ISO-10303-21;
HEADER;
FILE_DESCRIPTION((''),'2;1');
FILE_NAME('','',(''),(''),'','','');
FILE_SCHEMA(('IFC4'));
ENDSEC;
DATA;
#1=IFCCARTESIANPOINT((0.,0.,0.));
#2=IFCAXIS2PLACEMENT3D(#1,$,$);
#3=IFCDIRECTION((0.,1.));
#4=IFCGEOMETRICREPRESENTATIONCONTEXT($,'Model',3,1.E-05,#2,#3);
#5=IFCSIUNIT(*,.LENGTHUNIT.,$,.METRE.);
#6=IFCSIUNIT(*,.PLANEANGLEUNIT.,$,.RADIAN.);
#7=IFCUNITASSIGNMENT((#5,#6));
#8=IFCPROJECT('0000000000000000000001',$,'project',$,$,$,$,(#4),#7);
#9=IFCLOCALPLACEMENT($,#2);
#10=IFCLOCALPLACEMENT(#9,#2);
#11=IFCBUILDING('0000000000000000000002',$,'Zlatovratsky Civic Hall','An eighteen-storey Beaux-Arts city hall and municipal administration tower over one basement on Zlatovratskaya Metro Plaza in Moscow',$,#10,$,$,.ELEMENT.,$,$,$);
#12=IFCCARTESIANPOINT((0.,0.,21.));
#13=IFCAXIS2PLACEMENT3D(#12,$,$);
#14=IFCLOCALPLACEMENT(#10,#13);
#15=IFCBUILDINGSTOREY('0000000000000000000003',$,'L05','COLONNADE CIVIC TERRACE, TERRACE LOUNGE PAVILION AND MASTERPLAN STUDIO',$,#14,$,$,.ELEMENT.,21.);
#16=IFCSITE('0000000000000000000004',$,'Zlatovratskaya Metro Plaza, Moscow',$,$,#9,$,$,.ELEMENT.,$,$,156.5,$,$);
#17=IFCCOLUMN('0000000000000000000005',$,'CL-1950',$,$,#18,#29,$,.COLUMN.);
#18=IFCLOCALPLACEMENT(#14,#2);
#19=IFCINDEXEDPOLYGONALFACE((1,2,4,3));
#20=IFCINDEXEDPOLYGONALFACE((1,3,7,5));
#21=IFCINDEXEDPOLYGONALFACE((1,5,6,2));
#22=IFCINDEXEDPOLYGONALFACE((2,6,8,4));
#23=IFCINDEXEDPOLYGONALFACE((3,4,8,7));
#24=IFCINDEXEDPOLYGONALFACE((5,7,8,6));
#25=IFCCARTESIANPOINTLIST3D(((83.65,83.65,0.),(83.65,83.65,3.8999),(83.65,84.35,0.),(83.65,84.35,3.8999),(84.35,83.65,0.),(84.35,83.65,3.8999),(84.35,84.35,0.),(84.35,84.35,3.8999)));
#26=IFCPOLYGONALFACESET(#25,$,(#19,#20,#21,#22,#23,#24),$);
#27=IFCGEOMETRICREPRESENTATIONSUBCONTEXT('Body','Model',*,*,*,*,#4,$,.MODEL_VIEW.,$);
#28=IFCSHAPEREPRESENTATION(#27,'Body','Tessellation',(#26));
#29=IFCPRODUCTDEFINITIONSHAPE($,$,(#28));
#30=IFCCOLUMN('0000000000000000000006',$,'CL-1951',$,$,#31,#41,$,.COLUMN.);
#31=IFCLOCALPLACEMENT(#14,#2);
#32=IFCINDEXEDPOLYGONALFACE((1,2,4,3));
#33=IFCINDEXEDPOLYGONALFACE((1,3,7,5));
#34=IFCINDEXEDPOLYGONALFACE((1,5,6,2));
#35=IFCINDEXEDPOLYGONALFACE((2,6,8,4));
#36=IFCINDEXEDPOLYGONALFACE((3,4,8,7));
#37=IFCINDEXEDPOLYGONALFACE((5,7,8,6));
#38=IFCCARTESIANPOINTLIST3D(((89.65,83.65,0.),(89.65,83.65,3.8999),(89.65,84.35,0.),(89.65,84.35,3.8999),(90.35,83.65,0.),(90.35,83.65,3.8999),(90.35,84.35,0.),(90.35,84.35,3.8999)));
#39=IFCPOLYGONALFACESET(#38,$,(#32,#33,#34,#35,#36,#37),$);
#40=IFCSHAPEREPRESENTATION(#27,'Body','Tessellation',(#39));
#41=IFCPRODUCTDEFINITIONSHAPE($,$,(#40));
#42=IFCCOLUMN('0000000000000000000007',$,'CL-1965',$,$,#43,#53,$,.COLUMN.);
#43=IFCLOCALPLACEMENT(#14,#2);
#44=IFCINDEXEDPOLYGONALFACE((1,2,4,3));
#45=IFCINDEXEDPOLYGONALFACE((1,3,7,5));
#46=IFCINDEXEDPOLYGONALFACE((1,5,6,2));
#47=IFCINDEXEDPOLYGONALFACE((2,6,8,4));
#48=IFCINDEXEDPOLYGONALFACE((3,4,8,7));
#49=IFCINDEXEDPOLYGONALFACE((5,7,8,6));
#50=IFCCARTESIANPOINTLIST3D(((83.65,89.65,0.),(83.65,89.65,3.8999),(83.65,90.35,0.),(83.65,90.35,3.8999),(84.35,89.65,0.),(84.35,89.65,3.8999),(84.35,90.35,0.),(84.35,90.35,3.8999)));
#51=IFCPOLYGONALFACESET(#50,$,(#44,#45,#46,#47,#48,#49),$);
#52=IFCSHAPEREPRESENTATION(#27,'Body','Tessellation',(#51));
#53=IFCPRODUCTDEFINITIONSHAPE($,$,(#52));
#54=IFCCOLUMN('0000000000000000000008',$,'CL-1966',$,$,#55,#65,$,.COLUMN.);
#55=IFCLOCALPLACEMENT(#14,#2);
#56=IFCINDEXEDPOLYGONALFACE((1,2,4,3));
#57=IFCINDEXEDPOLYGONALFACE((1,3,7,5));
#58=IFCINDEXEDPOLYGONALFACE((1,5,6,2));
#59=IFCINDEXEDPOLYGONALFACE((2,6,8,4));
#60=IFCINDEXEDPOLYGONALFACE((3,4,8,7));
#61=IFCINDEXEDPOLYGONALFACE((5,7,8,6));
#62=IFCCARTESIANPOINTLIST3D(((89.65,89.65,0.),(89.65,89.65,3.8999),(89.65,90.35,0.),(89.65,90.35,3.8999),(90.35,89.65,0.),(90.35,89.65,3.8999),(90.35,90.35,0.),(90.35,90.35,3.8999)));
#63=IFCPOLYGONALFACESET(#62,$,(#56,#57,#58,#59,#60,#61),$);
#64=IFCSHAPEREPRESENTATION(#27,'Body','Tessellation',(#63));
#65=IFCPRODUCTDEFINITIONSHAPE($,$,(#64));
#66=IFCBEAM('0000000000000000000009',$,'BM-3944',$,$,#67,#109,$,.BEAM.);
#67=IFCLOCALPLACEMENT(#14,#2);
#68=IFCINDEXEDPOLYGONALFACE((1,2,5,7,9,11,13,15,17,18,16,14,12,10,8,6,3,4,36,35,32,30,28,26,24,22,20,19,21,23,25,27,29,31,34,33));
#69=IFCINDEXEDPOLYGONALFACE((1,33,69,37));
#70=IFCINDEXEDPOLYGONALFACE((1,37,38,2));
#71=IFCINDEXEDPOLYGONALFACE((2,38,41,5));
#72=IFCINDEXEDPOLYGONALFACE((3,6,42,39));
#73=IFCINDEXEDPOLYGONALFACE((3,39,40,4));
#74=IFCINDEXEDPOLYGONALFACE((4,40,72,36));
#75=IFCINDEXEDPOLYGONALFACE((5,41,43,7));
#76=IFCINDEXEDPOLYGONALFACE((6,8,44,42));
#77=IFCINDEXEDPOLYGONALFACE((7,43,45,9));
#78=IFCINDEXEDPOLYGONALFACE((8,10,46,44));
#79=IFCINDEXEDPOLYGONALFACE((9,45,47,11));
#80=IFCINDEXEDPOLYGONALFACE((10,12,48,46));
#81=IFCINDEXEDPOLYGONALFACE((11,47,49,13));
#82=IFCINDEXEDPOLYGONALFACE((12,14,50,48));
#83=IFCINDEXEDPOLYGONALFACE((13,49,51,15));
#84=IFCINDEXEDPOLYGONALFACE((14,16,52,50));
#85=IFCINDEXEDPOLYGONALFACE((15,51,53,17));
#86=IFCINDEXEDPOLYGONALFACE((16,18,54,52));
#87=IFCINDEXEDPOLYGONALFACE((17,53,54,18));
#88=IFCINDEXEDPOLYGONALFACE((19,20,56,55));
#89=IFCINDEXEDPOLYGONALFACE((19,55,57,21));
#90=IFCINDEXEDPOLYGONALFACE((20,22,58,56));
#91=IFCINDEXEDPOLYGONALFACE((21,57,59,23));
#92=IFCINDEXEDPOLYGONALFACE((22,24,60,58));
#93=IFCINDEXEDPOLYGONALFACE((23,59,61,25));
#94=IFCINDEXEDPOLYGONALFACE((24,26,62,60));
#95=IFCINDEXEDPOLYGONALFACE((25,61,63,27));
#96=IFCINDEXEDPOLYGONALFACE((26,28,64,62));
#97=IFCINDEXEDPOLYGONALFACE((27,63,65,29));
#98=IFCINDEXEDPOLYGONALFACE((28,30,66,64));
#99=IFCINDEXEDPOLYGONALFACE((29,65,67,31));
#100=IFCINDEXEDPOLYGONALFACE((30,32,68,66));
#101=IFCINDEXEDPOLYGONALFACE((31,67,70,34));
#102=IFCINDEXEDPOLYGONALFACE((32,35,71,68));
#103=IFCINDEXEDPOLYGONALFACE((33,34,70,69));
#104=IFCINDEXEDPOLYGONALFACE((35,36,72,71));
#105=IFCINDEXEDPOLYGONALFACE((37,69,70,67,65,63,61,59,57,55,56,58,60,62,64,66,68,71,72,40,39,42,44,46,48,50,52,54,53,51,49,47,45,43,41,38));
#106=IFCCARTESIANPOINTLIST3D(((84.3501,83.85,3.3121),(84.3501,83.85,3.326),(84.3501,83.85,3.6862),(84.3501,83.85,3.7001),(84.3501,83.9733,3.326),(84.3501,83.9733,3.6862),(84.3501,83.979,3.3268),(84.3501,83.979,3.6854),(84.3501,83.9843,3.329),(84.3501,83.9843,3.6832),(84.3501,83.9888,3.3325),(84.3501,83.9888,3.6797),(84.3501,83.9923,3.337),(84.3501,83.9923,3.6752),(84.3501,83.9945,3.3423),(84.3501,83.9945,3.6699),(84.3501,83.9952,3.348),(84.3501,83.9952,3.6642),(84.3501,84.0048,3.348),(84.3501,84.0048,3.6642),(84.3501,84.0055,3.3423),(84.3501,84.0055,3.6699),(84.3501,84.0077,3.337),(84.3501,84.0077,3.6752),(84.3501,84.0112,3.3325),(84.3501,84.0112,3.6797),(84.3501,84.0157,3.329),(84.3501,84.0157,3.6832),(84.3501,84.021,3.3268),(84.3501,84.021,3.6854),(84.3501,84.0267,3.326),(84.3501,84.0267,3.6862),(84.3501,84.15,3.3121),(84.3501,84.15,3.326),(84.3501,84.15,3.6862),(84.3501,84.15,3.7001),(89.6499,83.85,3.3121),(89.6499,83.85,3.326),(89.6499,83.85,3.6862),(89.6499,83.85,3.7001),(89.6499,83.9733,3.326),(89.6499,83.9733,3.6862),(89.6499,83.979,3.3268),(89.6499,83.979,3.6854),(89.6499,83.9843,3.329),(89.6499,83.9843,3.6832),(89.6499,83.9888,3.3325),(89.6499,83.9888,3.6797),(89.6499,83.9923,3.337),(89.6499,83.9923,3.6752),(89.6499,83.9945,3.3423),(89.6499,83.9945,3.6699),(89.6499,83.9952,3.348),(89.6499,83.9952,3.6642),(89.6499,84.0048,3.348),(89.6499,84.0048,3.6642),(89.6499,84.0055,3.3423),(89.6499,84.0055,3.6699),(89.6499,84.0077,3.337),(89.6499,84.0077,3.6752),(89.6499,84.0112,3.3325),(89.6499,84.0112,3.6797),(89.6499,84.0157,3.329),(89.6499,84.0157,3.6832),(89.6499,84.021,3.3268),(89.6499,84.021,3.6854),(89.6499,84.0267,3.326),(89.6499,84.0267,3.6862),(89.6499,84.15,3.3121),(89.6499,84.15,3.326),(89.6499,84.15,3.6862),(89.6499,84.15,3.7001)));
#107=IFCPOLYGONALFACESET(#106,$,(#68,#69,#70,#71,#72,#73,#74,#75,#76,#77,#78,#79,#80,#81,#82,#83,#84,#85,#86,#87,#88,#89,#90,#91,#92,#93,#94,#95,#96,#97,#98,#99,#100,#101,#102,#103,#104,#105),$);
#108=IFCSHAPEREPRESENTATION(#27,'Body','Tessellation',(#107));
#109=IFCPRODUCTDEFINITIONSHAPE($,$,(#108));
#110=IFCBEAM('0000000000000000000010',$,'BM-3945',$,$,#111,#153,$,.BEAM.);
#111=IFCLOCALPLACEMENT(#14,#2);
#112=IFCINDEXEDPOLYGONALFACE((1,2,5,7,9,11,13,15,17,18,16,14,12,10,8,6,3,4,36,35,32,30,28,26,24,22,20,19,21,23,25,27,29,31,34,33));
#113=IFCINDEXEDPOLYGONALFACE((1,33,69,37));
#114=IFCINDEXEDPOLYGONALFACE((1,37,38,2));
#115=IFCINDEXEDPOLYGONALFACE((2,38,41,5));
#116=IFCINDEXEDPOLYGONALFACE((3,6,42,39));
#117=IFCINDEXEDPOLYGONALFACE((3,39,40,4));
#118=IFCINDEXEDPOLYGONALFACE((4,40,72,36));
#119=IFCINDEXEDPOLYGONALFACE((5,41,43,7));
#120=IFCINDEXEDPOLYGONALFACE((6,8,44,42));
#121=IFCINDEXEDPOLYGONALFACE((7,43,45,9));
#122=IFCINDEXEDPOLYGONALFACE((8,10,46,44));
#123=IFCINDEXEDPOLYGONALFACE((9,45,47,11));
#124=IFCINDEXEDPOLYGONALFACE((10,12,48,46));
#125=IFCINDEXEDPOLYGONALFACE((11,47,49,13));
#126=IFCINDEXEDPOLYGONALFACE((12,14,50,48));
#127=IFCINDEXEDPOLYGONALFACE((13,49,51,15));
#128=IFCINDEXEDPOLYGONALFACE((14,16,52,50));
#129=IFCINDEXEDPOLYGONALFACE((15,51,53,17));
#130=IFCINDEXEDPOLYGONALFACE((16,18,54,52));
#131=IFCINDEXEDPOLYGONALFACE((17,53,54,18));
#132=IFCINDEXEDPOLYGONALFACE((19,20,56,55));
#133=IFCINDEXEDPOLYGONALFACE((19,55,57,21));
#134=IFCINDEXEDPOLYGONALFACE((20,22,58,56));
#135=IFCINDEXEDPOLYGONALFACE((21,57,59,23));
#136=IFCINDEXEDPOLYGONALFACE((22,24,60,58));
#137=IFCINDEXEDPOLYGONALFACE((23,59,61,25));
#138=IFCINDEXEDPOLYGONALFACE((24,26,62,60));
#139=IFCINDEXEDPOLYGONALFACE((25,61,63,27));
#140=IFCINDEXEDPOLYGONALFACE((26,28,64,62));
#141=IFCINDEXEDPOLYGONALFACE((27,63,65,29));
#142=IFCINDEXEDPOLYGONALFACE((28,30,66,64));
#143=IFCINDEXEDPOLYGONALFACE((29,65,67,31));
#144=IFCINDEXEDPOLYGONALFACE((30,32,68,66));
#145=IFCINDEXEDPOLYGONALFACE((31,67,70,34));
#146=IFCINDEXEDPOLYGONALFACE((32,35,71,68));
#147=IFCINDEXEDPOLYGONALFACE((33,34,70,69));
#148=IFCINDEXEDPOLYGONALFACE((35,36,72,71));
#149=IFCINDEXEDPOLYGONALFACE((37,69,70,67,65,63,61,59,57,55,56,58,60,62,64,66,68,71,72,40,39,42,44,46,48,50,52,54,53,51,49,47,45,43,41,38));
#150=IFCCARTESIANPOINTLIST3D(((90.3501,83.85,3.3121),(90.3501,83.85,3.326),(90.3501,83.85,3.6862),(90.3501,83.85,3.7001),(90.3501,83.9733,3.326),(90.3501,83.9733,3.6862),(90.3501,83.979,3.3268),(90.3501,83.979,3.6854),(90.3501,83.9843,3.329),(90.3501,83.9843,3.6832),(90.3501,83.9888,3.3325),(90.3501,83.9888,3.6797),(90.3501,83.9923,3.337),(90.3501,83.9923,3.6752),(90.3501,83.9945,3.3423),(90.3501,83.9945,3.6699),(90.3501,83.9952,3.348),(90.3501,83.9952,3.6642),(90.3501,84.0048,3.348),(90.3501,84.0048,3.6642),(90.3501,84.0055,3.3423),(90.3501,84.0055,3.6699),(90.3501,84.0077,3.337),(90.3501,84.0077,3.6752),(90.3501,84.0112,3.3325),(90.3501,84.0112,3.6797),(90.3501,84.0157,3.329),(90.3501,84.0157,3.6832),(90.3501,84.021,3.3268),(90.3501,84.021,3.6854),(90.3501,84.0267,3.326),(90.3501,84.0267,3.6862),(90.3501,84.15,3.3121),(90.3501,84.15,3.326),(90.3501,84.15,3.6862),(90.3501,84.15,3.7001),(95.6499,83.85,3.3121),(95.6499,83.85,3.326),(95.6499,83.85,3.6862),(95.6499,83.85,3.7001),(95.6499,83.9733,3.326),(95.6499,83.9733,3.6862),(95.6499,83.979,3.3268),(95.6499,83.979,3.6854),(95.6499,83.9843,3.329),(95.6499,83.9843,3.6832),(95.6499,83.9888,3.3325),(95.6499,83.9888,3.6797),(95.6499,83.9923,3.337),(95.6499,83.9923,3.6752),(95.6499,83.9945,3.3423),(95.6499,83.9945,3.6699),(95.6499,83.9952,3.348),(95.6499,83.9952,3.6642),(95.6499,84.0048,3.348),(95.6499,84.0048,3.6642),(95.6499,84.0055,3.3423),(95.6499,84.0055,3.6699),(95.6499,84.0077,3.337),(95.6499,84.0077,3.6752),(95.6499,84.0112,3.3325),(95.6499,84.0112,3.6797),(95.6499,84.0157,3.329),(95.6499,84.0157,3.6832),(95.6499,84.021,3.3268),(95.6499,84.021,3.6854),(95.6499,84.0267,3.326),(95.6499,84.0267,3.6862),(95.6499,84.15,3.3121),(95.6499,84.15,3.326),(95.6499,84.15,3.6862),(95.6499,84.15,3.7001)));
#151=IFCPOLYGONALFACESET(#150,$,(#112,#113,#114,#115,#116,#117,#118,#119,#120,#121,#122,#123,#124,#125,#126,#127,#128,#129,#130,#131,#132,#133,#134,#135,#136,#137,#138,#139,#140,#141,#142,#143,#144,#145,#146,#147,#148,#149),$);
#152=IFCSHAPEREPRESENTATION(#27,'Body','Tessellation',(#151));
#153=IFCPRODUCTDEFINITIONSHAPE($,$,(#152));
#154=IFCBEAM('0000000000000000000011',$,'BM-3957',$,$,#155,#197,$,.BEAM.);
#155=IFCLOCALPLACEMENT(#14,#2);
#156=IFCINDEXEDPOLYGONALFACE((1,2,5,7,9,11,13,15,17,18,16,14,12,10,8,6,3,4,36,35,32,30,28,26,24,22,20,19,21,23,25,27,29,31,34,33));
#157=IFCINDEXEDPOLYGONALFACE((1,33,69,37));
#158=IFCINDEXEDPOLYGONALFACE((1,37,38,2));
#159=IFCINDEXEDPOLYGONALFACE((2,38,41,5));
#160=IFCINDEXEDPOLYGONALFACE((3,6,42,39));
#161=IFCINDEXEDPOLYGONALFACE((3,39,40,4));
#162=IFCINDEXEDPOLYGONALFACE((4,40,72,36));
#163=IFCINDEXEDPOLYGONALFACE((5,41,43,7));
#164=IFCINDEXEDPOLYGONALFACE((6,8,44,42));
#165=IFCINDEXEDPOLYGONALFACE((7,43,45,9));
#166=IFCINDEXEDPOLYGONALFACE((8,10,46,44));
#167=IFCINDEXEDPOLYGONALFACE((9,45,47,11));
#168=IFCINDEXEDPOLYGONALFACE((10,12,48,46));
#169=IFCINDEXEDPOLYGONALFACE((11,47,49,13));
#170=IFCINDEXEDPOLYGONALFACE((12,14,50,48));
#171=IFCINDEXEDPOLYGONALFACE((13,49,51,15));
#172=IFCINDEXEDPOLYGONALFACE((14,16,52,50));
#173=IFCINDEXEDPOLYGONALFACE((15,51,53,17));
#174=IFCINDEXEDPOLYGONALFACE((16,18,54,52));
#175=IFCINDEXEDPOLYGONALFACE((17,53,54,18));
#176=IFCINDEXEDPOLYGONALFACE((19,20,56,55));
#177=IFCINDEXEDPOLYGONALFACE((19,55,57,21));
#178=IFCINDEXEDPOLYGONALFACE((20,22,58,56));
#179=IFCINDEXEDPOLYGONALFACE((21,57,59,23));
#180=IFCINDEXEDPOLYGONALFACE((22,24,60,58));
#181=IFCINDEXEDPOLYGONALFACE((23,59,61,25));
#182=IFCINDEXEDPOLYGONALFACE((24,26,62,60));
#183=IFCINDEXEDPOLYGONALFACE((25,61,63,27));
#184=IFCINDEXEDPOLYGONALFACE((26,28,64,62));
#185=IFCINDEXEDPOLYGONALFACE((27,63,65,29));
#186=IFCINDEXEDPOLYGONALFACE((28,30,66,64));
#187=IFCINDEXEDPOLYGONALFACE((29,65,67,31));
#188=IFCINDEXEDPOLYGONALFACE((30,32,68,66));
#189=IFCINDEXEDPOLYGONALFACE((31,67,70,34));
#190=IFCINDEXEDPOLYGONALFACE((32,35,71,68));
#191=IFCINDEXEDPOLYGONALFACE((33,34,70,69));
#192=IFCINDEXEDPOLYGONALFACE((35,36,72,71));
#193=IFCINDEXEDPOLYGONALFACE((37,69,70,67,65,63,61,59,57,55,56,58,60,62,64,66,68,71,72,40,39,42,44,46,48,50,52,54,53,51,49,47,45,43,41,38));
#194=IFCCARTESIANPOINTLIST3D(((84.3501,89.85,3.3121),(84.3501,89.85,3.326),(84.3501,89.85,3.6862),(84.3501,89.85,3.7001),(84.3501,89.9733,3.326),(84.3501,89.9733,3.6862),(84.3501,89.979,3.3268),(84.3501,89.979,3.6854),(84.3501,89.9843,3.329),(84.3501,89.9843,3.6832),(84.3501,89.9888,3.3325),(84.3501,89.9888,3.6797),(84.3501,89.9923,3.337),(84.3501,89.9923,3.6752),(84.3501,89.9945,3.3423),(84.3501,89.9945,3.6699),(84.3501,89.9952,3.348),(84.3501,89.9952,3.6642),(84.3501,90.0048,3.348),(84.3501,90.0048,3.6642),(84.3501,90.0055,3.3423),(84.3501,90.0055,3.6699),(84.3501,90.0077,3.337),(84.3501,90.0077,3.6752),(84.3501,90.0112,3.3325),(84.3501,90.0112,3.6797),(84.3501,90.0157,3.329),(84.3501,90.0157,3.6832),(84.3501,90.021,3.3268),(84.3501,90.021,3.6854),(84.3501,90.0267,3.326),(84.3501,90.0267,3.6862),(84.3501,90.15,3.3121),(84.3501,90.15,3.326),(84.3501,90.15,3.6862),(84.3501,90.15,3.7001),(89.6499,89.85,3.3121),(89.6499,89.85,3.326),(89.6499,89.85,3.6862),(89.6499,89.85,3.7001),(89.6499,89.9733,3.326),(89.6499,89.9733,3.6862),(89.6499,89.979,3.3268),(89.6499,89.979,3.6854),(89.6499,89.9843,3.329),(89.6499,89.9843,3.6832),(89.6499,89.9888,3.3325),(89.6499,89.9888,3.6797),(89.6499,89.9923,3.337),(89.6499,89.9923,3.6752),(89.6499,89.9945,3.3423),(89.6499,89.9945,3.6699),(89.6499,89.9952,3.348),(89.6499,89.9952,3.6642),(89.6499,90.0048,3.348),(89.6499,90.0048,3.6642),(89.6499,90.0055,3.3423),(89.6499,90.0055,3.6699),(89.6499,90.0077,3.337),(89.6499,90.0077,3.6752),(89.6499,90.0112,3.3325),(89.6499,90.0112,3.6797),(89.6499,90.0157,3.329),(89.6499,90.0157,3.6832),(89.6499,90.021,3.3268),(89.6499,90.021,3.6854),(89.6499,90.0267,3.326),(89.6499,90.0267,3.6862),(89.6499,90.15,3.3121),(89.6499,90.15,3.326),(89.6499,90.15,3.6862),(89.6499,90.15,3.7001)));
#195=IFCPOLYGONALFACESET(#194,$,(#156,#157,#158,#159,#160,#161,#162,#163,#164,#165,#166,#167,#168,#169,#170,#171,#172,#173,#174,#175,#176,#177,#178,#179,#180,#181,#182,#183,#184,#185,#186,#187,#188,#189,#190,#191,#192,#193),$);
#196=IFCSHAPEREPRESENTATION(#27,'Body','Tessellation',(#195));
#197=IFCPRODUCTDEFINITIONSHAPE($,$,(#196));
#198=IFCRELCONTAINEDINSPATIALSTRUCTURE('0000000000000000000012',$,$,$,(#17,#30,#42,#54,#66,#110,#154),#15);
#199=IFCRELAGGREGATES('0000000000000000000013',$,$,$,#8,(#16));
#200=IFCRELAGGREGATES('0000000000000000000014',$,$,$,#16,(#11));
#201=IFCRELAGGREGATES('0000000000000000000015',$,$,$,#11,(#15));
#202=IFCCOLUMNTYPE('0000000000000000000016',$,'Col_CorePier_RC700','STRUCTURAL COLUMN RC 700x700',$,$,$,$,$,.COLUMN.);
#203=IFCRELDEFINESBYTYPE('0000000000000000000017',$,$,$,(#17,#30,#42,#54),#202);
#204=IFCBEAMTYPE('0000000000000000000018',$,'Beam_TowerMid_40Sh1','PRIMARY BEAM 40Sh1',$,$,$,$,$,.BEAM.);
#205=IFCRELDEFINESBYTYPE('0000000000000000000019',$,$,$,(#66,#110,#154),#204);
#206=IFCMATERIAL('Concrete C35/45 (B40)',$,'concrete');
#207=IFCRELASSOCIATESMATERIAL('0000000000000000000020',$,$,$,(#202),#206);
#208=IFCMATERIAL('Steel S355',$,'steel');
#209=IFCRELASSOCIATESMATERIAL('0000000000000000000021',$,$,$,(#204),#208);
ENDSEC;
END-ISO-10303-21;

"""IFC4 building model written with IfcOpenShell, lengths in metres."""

from ifc_helpers import new_model, si_unit, direction, frame, origin, origin_2d, place, context, subcontext, project, spatial, rectangle, i_section, extrude, material, material_profile, profile_set, type_object, element, save


model = new_model("IFC4")

# Units and contexts
model_context = context("Model", 3, precision=1e-05, world=origin(), true_north=direction((0.0, 1.0)))
body_context = subcontext(model_context, "Body", "Model", "MODEL_VIEW")
ifc_project = project(units=[si_unit("LENGTHUNIT", "METRE"), si_unit("PLANEANGLEUNIT", "RADIAN")], contexts=[model_context])

# Site, building, storey
site_placement = place(None, origin())
site = spatial("IfcSite", under=ifc_project, at=site_placement, Name="Zlatovratskaya Metro Plaza, Moscow", CompositionType="ELEMENT", RefElevation=156.5)
building_placement = place(site_placement, origin())
building = spatial("IfcBuilding", under=site, at=building_placement, Name="Zlatovratsky Civic Hall", Description="An eighteen-storey Beaux-Arts city hall and municipal administration tower over one basement on Zlatovratskaya Metro Plaza in Moscow", CompositionType="ELEMENT")
storey_placement = place(building_placement, frame((0.0, 0.0, 21.0)))
storey = spatial("IfcBuildingStorey", under=building, at=storey_placement, Name="L05", Description="COLONNADE CIVIC TERRACE, TERRACE LOUNGE PAVILION AND MASTERPLAN STUDIO", CompositionType="ELEMENT", Elevation=21.0)

# Columns
ifc_material_1 = material(Name="Concrete C35/45 (B40)", Category="concrete")
ifc_material_profile_1 = material_profile(ifc_material_1, rectangle(XDim=0.7, YDim=0.7, at=origin_2d()), Name="RC 700x700")
ifc_profile_set_1 = profile_set([ifc_material_profile_1], Name="Concrete C35/45 (B40)")
column_type = type_object("IfcColumnType", Name="Col_CorePier_RC700", Description="STRUCTURAL COLUMN RC 700x700", PredefinedType="COLUMN", material=ifc_profile_set_1)
for number, where, z_axis, x_axis, name in (
    (1, (84.0, 84.0, 0.0), (0.0, 0.0, 1.0), (1.0, 0.0, 0.0), "CL-1950"),
    (2, (90.0, 84.0, 0.0), (0.0, 0.0, 1.0), (1.0, 0.0, 0.0), "CL-1951"),
    (3, (84.0, 90.0, 0.0), (0.0, 0.0, 1.0), (1.0, 0.0, 0.0), "CL-1965"),
    (4, (90.0, 90.0, 0.0), (0.0, 0.0, 1.0), (1.0, 0.0, 0.0), "CL-1966"),
):
    element("IfcColumn", number, at=place(storey_placement, frame(where, z_axis=z_axis, x_axis=x_axis)), inside=storey, type_object=column_type, Name=name, PredefinedType="COLUMN", context=body_context, shape_type="SweptSolid", body=[
        extrude(rectangle(XDim=0.7, YDim=0.7, at=origin_2d()), origin(), (0.0, 0.0, 1.0), 3.8999),
    ])

# Beams
ifc_material_2 = material(Name="Steel S355", Category="steel")
ifc_material_profile_2 = material_profile(ifc_material_2, i_section(OverallWidth=0.3, OverallDepth=0.3879, WebThickness=0.0095, FlangeThickness=0.0139, FilletRadius=0.022, at=origin_2d()), Name="40Sh1")
ifc_profile_set_2 = profile_set([ifc_material_profile_2], Name="Steel S355")
beam_type = type_object("IfcBeamType", Name="Beam_TowerMid_40Sh1", Description="PRIMARY BEAM 40Sh1", PredefinedType="BEAM", material=ifc_profile_set_2)
for number, where, z_axis, x_axis, name in (
    (5, (84.3501, 84.0, 3.5061), (1.0, 0.0, 0.0), (0.0, 1.0, 0.0), "BM-3944"),
    (6, (90.3501, 84.0, 3.5061), (1.0, 0.0, 0.0), (0.0, 1.0, 0.0), "BM-3945"),
    (7, (84.3501, 90.0, 3.5061), (1.0, 0.0, 0.0), (0.0, 1.0, 0.0), "BM-3957"),
):
    element("IfcBeam", number, at=place(storey_placement, frame(where, z_axis=z_axis, x_axis=x_axis)), inside=storey, type_object=beam_type, Name=name, PredefinedType="BEAM", context=body_context, shape_type="SweptSolid", body=[
        extrude(i_section(OverallWidth=0.3, OverallDepth=0.3879, WebThickness=0.0095, FlangeThickness=0.0139, FilletRadius=0.022, at=origin_2d()), origin(), (0.0, 0.0, 1.0), 5.2998),
    ])

save(model, "model.ifc")
